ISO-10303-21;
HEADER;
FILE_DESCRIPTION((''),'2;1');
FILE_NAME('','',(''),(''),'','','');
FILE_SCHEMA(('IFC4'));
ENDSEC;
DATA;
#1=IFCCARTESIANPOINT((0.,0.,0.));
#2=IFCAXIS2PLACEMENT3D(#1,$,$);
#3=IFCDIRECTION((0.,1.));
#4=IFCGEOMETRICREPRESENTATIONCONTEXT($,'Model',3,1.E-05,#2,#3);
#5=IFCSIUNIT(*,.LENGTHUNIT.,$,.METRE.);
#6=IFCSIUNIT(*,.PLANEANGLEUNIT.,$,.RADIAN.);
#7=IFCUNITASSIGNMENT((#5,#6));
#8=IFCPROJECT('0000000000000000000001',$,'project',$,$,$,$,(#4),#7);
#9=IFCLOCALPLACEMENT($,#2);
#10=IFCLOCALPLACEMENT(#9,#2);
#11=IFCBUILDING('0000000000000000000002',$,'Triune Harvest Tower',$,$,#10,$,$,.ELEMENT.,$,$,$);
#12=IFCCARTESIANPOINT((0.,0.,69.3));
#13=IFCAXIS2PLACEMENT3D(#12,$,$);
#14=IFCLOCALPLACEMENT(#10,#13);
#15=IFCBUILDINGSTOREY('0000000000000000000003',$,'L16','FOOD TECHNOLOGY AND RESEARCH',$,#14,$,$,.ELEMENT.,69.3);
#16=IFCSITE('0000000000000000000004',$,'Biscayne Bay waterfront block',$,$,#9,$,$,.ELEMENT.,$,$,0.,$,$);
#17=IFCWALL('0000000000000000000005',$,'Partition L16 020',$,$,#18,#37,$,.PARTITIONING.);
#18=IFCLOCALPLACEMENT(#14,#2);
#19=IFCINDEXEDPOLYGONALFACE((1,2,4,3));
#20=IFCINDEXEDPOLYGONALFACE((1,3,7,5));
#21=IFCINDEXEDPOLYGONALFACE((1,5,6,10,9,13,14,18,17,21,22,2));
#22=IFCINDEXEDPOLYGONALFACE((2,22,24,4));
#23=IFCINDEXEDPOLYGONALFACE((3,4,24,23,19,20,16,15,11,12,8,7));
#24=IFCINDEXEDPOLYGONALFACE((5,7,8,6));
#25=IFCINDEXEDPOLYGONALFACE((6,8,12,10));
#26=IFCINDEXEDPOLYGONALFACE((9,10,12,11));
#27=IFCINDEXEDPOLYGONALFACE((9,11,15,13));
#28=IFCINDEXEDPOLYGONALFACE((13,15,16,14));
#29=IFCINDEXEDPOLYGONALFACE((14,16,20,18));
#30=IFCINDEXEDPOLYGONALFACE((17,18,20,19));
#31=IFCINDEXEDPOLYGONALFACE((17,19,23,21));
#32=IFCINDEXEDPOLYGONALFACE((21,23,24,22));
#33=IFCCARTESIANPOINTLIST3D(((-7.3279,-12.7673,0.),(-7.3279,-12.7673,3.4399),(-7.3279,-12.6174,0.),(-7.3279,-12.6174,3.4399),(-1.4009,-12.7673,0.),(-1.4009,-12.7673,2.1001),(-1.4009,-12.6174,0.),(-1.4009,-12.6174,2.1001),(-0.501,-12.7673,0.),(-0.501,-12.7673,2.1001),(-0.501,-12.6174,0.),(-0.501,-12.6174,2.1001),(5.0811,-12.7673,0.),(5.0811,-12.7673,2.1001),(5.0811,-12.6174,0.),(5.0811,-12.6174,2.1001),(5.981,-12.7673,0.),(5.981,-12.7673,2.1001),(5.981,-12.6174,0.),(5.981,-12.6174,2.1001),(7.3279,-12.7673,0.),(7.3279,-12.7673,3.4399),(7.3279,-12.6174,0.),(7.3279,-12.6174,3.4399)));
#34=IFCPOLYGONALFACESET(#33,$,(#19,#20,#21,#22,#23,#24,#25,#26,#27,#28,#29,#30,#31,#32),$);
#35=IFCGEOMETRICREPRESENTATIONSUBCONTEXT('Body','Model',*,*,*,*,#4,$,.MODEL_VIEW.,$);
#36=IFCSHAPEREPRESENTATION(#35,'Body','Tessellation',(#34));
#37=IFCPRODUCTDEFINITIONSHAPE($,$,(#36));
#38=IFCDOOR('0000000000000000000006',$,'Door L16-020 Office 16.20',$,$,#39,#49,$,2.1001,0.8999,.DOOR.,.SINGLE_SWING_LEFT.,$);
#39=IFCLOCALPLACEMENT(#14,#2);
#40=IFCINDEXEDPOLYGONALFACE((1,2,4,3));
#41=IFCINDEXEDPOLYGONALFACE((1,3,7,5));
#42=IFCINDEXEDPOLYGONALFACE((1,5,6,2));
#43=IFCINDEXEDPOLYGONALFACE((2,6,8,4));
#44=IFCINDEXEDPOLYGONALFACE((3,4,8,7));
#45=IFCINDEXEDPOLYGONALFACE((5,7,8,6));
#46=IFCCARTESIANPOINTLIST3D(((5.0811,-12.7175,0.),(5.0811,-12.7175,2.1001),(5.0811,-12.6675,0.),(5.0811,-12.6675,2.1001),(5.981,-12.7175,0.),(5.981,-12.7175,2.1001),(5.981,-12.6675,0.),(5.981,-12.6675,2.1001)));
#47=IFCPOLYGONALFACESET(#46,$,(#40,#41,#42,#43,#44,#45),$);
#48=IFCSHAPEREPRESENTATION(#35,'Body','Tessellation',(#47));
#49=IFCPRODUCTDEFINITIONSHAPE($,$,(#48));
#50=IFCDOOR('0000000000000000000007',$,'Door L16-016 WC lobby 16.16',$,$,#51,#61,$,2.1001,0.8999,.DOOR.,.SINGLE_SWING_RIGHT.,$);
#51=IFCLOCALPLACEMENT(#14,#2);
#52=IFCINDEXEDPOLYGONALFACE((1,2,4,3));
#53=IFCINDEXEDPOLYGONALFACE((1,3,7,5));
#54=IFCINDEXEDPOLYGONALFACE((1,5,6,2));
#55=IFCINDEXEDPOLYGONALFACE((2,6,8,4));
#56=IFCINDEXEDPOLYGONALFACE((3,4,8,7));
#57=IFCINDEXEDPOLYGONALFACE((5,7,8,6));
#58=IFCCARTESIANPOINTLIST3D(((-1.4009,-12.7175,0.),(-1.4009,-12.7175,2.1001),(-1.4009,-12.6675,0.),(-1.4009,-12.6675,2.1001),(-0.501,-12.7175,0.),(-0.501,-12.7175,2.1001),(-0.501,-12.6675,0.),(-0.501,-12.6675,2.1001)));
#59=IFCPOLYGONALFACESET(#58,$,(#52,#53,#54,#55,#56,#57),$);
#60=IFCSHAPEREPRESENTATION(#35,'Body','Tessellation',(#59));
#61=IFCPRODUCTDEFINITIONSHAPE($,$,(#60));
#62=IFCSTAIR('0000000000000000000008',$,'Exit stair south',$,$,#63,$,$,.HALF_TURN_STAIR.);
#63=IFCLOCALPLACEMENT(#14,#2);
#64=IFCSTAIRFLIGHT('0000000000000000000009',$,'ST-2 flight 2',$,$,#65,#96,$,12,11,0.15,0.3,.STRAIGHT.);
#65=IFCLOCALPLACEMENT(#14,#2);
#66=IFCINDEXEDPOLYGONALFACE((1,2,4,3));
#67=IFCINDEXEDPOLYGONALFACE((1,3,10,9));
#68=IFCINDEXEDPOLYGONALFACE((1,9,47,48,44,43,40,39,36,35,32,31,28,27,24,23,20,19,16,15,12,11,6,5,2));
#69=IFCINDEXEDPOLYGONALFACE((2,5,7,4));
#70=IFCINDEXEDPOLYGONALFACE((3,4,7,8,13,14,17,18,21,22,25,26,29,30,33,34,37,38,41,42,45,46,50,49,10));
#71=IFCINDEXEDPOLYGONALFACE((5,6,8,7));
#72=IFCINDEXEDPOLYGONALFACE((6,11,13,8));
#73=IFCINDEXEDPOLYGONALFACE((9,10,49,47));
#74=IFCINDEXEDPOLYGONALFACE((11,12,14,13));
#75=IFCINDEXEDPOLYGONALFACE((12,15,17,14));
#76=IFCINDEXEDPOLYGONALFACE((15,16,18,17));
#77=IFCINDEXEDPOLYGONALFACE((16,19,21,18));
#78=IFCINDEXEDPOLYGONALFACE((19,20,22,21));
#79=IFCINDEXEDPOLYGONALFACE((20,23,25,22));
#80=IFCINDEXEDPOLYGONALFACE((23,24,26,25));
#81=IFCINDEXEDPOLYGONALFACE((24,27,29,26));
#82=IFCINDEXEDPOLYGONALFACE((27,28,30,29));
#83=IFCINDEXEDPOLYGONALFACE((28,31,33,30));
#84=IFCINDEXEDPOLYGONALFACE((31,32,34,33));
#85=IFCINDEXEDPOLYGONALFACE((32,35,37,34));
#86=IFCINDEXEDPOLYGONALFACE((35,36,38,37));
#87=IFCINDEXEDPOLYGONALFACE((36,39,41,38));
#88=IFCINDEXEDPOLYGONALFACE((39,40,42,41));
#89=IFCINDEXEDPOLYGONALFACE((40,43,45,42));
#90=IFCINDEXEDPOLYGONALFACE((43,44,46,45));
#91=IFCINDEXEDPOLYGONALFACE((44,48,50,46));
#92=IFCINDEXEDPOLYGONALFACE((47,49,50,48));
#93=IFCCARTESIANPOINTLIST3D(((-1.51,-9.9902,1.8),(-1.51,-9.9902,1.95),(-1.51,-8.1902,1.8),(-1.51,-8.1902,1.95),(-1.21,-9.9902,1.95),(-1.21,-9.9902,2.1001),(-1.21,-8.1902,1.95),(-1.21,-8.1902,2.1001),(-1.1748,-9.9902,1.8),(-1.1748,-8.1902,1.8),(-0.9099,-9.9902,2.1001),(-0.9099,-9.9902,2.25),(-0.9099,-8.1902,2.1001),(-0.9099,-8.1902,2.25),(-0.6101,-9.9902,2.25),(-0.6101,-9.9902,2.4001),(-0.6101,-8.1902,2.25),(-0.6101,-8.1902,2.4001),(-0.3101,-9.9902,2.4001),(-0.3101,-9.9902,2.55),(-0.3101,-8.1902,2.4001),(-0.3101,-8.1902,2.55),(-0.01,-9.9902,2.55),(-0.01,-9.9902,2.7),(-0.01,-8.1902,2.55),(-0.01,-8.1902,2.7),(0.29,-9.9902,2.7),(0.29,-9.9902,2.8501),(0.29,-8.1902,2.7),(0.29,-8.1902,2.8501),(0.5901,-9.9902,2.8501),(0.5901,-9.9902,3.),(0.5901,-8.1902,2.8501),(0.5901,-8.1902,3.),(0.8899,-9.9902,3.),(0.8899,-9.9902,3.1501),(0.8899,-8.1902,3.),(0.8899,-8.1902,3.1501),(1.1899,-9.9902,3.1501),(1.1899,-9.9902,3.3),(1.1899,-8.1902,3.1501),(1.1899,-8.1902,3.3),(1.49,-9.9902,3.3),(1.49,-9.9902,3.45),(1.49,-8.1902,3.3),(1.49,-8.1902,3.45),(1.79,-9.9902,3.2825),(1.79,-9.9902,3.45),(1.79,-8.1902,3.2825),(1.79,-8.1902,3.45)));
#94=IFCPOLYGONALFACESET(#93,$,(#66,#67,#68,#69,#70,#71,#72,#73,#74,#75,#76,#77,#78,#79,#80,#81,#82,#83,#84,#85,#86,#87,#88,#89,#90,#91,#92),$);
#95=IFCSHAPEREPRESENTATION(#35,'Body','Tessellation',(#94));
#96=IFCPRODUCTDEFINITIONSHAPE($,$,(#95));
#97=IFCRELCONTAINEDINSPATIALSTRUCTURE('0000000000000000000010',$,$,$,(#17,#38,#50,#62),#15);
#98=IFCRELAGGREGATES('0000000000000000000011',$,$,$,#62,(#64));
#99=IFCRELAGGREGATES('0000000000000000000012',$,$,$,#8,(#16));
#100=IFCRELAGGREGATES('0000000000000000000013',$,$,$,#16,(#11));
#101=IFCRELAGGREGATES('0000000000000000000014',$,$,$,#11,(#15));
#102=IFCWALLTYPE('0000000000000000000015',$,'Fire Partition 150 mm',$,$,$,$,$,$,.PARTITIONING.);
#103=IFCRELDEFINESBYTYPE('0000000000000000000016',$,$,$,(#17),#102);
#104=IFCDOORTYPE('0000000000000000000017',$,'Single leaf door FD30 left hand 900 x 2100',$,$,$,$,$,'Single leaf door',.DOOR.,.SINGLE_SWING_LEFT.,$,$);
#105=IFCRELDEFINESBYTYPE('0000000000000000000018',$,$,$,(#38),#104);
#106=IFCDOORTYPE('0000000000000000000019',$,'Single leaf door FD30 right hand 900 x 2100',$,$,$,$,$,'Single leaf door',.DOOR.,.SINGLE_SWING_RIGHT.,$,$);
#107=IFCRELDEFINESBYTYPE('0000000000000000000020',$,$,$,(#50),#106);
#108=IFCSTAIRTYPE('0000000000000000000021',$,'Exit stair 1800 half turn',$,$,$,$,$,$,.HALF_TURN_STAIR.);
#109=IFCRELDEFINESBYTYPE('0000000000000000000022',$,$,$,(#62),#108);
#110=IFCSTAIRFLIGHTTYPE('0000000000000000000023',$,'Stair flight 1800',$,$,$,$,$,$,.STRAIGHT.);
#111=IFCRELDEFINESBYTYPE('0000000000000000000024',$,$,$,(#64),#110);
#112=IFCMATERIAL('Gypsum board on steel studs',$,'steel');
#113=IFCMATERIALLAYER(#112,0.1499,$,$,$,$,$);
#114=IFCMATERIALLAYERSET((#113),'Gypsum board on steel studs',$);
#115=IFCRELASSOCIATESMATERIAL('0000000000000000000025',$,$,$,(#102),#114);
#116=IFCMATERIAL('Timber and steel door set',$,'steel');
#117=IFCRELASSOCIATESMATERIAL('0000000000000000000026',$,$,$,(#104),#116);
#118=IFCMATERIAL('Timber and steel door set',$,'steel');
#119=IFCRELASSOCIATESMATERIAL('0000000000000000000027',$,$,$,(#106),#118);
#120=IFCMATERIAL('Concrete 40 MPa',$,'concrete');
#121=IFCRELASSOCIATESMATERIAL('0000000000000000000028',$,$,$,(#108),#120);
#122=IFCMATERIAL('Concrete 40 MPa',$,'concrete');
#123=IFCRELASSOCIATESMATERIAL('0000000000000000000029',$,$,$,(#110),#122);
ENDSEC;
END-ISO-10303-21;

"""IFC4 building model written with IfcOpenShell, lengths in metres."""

from ifc_helpers import new_model, si_unit, direction, frame, frame_2d, origin, place, context, subcontext, project, spatial, polyline, rectangle, outline, extrude, source, transform, mapped, material, layer, layer_set, type_object, element, fill, aggregate, save


model = new_model("IFC4")

# Units and contexts
model_context = context("Model", 3, precision=1e-05, world=origin(), true_north=direction((0.0, 1.0)))
body_context = subcontext(model_context, "Body", "Model", "MODEL_VIEW")
ifc_project = project(units=[si_unit("LENGTHUNIT", "METRE"), si_unit("PLANEANGLEUNIT", "RADIAN")], contexts=[model_context])

# Site, building, storey
site_placement = place(None, origin())
site = spatial("IfcSite", under=ifc_project, at=site_placement, Name="Biscayne Bay waterfront block", CompositionType="ELEMENT", RefElevation=0.0)
building_placement = place(site_placement, origin())
building = spatial("IfcBuilding", under=site, at=building_placement, Name="Triune Harvest Tower", CompositionType="ELEMENT")
storey_placement = place(building_placement, frame((0.0, 0.0, 69.3)))
storey = spatial("IfcBuildingStorey", under=building, at=storey_placement, Name="L16", Description="FOOD TECHNOLOGY AND RESEARCH", CompositionType="ELEMENT", Elevation=69.3)

# Wall, openings, doors
ifc_material_1 = material(Name="Gypsum board on steel studs", Category="steel")
ifc_layer_1 = layer(ifc_material_1, 0.1499)
ifc_layer_set_1 = layer_set([ifc_layer_1], Name="Gypsum board on steel studs")
wall_type_1 = type_object("IfcWallType", Name="Fire Partition 150 mm", PredefinedType="PARTITIONING", material=ifc_layer_set_1)
shared_shape_1 = source(origin(), body_context, "Body", "SweptSolid", [
    extrude(rectangle(XDim=14.6558, YDim=0.1499, at=frame_2d((7.3279, 0.0))), origin(), (0.0, 0.0, 1.0), 3.4399),
])
wall_1_placement = place(storey_placement, frame((-7.3279, -12.6924, 0.0), z_axis=(0.0, 0.0, 1.0), x_axis=(1.0, 0.0, 0.0)))
wall_1 = element("IfcWall", 1, at=wall_1_placement, inside=storey, type_object=wall_type_1, Name="Partition L16 020", PredefinedType="PARTITIONING", context=body_context, shape_type="MappedRepresentation", body=[
    mapped(shared_shape_1, transform((0.0, 0.0, 0.0), scale=1.0)),
])
opening_1_placement = place(wall_1_placement, frame((5.927, 0.0, 0.0)))
opening_1 = element("IfcOpeningElement", 2, at=opening_1_placement, cuts=wall_1, PredefinedType="OPENING", context=body_context, shape_type="SweptSolid", body=[
    extrude(rectangle(XDim=0.8999, YDim=2.1001, at=frame_2d((0.45, 1.05))), frame((0.0, 0.085, 0.0), z_axis=(0.0, -1.0, 0.0), x_axis=(1.0, 0.0, 0.0)), (0.0, 0.0, 1.0), 0.1699),
])
opening_2_placement = place(wall_1_placement, frame((12.4089, 0.0, 0.0)))
opening_2 = element("IfcOpeningElement", 3, at=opening_2_placement, cuts=wall_1, PredefinedType="OPENING", context=body_context, shape_type="SweptSolid", body=[
    extrude(rectangle(XDim=0.8999, YDim=2.1001, at=frame_2d((0.45, 1.05))), frame((0.0, 0.085, 0.0), z_axis=(0.0, -1.0, 0.0), x_axis=(1.0, 0.0, 0.0)), (0.0, 0.0, 1.0), 0.1699),
])
ifc_material_2 = material(Name="Timber and steel door set", Category="steel")
door_type_1 = type_object("IfcDoorType", Name="Single leaf door FD30 left hand 900 x 2100", ElementType="Single leaf door", OperationType="SINGLE_SWING_LEFT", PredefinedType="DOOR", material=ifc_material_2)
door_1_placement = place(opening_2_placement, origin())
door_1 = element("IfcDoor", 4, at=door_1_placement, inside=storey, type_object=door_type_1, Name="Door L16-020 Office 16.20", OperationType="SINGLE_SWING_LEFT", OverallHeight=2.1001, OverallWidth=0.8999, PredefinedType="DOOR", context=body_context, shape_type="SweptSolid", body=[
    extrude(rectangle(XDim=0.8999, YDim=2.1001, at=frame_2d((0.45, 1.05))), frame((0.0, 0.0249, 0.0), z_axis=(0.0, -1.0, 0.0), x_axis=(1.0, 0.0, 0.0)), (0.0, 0.0, 1.0), 0.05),
])
fill(opening_2, door_1)
ifc_material_3 = material(Name="Timber and steel door set", Category="steel")
door_type_2 = type_object("IfcDoorType", Name="Single leaf door FD30 right hand 900 x 2100", ElementType="Single leaf door", OperationType="SINGLE_SWING_RIGHT", PredefinedType="DOOR", material=ifc_material_3)
door_2_placement = place(opening_1_placement, origin())
door_2 = element("IfcDoor", 5, at=door_2_placement, inside=storey, type_object=door_type_2, Name="Door L16-016 WC lobby 16.16", OperationType="SINGLE_SWING_RIGHT", OverallHeight=2.1001, OverallWidth=0.8999, PredefinedType="DOOR", context=body_context, shape_type="SweptSolid", body=[
    extrude(rectangle(XDim=0.8999, YDim=2.1001, at=frame_2d((0.45, 1.05))), frame((0.0, 0.0249, 0.0), z_axis=(0.0, -1.0, 0.0), x_axis=(1.0, 0.0, 0.0)), (0.0, 0.0, 1.0), 0.05),
])
fill(opening_1, door_2)

# Stair, stair flight
ifc_material_4 = material(Name="Concrete 40 MPa", Category="concrete")
stair_type = type_object("IfcStairType", Name="Exit stair 1800 half turn", PredefinedType="HALF_TURN_STAIR", material=ifc_material_4)
stair_placement = place(storey_placement, origin())
stair = element("IfcStair", 6, at=stair_placement, inside=storey, type_object=stair_type, Name="Exit stair south", PredefinedType="HALF_TURN_STAIR")
ifc_material_5 = material(Name="Concrete 40 MPa", Category="concrete")
stair_flight_type = type_object("IfcStairFlightType", Name="Stair flight 1800", PredefinedType="STRAIGHT", material=ifc_material_5)
shared_shape_2 = source(origin(), body_context, "Body", "SweptSolid", [
    extrude(outline(polyline([(0.0, 0.0), (0.0, 0.1499), (0.3, 0.1499), (0.3, 0.3), (0.6001, 0.3), (0.6001, 0.45), (0.8999, 0.45), (0.8999, 0.6001), (1.2, 0.6001), (1.2, 0.75), (1.5, 0.75), (1.5, 0.8999), (1.8, 0.8999), (1.8, 1.05), (2.1001, 1.05), (2.1001, 1.2), (2.3999, 1.2), (2.3999, 1.3501), (2.7, 1.3501), (2.7, 1.5), (3.0, 1.5), (3.0, 1.6499), (3.3, 1.6499), (3.3, 1.8), (3.3, 1.4824), (0.3352, 0.0), (0.0, 0.0)])), frame((0.0, 0.8999, 0.0), z_axis=(0.0, -1.0, 0.0), x_axis=(1.0, 0.0, 0.0)), (0.0, 0.0, 1.0), 1.8),
])
stair_flight_placement = place(storey_placement, frame((-1.51, -9.0901, 1.8), z_axis=(0.0, 0.0, 1.0), x_axis=(1.0, 0.0, 0.0)))
stair_flight = element("IfcStairFlight", 7, at=stair_flight_placement, type_object=stair_flight_type, Name="ST-2 flight 2", NumberOfRisers=12, NumberOfTreads=11, PredefinedType="STRAIGHT", RiserHeight=0.15, TreadLength=0.3, context=body_context, shape_type="MappedRepresentation", body=[
    mapped(shared_shape_2, transform((0.0, 0.0, 0.0), scale=1.0)),
])
aggregate(stair, [stair_flight])

save(model, "model.ifc")
